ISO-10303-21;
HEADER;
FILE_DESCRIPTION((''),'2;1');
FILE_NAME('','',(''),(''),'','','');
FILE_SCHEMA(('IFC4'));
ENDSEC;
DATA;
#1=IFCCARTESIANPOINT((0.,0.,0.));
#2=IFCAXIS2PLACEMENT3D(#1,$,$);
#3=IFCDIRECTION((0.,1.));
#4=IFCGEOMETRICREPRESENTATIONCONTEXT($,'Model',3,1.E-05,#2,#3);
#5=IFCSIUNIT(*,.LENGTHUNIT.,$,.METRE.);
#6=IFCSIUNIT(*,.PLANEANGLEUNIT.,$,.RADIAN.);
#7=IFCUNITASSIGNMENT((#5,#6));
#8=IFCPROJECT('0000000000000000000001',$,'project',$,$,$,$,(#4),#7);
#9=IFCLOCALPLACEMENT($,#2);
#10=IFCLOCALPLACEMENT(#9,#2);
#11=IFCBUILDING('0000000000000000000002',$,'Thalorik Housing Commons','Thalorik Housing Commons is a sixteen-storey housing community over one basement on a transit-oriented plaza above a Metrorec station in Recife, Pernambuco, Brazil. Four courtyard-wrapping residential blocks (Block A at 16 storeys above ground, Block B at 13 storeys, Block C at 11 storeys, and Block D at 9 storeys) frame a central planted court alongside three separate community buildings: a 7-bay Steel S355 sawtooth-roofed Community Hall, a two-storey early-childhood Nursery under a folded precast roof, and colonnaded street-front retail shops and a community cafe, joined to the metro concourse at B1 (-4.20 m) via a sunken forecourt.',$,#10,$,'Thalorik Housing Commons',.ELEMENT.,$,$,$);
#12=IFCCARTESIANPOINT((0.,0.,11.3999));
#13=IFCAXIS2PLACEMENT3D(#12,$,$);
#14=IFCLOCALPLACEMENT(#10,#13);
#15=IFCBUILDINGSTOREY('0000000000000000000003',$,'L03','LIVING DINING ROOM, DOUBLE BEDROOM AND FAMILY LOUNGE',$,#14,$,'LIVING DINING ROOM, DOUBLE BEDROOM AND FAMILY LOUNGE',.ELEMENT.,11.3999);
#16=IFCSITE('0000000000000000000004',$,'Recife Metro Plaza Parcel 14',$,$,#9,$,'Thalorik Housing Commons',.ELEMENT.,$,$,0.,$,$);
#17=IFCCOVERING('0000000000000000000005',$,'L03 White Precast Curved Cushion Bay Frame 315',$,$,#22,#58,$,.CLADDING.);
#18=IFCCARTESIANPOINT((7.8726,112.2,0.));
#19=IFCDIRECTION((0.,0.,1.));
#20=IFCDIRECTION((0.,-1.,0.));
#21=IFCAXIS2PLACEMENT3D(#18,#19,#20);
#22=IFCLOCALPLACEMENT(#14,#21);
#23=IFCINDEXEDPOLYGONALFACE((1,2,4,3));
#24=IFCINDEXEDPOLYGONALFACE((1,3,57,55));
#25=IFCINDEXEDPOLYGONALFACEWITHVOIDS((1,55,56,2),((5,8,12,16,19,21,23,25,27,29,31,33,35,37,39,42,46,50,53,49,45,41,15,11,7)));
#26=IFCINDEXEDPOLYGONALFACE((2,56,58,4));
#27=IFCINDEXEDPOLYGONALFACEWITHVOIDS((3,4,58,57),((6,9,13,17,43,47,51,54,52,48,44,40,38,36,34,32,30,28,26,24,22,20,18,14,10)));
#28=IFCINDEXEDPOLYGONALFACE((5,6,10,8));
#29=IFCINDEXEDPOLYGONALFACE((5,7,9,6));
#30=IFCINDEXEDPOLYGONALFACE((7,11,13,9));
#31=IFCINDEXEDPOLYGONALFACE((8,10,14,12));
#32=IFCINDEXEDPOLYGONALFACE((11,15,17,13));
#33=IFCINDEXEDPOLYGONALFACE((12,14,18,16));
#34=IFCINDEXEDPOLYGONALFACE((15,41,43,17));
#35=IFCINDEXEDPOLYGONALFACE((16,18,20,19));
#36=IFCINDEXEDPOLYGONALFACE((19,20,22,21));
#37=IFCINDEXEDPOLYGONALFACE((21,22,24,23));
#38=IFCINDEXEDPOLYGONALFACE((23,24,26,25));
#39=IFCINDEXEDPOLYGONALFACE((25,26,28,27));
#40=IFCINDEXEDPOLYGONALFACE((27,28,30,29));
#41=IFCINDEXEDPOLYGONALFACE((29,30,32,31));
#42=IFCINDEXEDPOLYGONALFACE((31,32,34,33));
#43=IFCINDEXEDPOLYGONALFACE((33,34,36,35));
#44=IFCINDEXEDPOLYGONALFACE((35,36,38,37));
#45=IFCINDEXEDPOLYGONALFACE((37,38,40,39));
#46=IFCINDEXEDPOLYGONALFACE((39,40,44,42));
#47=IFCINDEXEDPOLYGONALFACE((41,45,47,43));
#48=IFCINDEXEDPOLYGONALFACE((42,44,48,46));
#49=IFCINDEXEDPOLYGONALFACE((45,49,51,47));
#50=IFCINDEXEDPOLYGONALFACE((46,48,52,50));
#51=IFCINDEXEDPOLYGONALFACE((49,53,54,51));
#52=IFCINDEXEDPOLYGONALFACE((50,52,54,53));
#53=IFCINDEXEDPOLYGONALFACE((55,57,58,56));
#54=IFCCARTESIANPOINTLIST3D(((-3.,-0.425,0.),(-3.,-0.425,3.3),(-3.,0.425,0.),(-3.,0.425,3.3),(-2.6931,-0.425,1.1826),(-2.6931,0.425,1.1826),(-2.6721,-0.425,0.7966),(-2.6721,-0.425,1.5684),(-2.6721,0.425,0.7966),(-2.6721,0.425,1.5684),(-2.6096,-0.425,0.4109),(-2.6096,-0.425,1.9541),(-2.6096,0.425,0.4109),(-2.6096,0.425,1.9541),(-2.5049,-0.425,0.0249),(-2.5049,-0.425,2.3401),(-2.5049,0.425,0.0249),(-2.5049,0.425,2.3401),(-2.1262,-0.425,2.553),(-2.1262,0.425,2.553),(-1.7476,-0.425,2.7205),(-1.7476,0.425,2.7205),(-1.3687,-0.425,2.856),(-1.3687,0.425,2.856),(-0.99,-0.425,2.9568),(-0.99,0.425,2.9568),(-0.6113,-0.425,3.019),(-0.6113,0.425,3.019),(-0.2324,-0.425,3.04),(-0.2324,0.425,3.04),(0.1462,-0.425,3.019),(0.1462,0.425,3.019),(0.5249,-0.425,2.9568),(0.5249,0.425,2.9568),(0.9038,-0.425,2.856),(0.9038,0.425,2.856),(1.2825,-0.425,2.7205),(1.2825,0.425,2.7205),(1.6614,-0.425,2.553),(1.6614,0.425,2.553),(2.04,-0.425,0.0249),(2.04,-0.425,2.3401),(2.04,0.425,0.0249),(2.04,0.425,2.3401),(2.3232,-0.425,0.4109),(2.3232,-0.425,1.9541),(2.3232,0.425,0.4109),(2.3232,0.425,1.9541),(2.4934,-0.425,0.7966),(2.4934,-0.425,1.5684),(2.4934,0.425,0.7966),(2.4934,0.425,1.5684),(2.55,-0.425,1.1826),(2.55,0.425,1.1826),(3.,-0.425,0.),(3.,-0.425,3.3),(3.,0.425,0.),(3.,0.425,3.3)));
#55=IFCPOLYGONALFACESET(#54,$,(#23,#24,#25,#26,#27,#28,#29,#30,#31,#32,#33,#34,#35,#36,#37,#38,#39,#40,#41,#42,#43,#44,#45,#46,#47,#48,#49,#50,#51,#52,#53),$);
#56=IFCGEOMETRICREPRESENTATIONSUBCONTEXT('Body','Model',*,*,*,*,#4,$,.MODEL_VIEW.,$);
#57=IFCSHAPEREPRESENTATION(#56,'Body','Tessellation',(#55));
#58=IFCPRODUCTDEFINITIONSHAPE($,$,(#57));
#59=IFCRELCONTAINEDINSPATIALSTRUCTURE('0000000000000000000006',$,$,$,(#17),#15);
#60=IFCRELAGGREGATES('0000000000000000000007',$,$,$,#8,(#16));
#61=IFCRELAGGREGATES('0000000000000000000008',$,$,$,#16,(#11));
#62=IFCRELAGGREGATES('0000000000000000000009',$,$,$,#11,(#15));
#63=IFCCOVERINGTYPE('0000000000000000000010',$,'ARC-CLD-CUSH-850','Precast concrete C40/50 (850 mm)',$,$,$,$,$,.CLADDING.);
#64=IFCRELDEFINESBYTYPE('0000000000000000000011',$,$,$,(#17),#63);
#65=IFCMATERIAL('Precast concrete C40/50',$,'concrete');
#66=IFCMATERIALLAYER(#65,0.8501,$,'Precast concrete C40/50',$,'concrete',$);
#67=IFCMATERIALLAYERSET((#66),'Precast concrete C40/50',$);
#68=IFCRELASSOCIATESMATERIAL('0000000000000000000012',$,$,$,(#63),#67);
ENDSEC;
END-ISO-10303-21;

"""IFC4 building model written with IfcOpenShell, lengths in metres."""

from ifc_helpers import new_model, si_unit, direction, frame, origin, place, context, subcontext, project, spatial, polyline, outline, extrude, material, layer, layer_set, type_object, element, save


model = new_model("IFC4")

# Units and contexts
model_context = context("Model", 3, precision=1e-05, world=origin(), true_north=direction((0.0, 1.0)))
body_context = subcontext(model_context, "Body", "Model", "MODEL_VIEW")
ifc_project = project(units=[si_unit("LENGTHUNIT", "METRE"), si_unit("PLANEANGLEUNIT", "RADIAN")], contexts=[model_context])

# Site, building, storey
site_placement = place(None, origin())
site = spatial("IfcSite", under=ifc_project, at=site_placement, Name="Recife Metro Plaza Parcel 14", LongName="Thalorik Housing Commons", CompositionType="ELEMENT", RefElevation=0.0)
building_placement = place(site_placement, origin())
building = spatial("IfcBuilding", under=site, at=building_placement, Name="Thalorik Housing Commons", Description="Thalorik Housing Commons is a sixteen-storey housing community over one basement on a transit-oriented plaza above a Metrorec station in Recife, Pernambuco, Brazil. Four courtyard-wrapping residential blocks (Block A at 16 storeys above ground, Block B at 13 storeys, Block C at 11 storeys, and Block D at 9 storeys) frame a central planted court alongside three separate community buildings: a 7-bay Steel S355 sawtooth-roofed Community Hall, a two-storey early-childhood Nursery under a folded precast roof, and colonnaded street-front retail shops and a community cafe, joined to the metro concourse at B1 (-4.20 m) via a sunken forecourt.", LongName="Thalorik Housing Commons", CompositionType="ELEMENT")
storey_placement = place(building_placement, frame((0.0, 0.0, 11.3999)))
storey = spatial("IfcBuildingStorey", under=building, at=storey_placement, Name="L03", Description="LIVING DINING ROOM, DOUBLE BEDROOM AND FAMILY LOUNGE", LongName="LIVING DINING ROOM, DOUBLE BEDROOM AND FAMILY LOUNGE", CompositionType="ELEMENT", Elevation=11.3999)

# Shared definitions
ifc_material_1 = material(Name="Precast concrete C40/50", Category="concrete")

# Covering
ifc_layer_1 = layer(ifc_material_1, 0.8501, Name="Precast concrete C40/50", Category="concrete")
ifc_layer_set_1 = layer_set([ifc_layer_1], Name="Precast concrete C40/50")
covering_type = type_object("IfcCoveringType", Name="ARC-CLD-CUSH-850", Description="Precast concrete C40/50 (850 mm)", PredefinedType="CLADDING", material=ifc_layer_set_1)
covering_placement = place(storey_placement, frame((7.8726, 112.2, 0.0), z_axis=(0.0, 0.0, 1.0), x_axis=(0.0, -1.0, 0.0)))
element("IfcCovering", 1, at=covering_placement, inside=storey, type_object=covering_type, Name="L03 White Precast Curved Cushion Bay Frame 315", PredefinedType="CLADDING", context=body_context, shape_type="SweptSolid", body=[
    extrude(outline(polyline([(-3.0, 0.0), (3.0, 0.0), (3.0, 3.3), (-3.0, 3.3), (-3.0, 0.0)]), holes=[polyline([(2.04, 0.0249), (2.3232, 0.4109), (2.4934, 0.7966), (2.55, 1.1826), (2.4934, 1.5684), (2.3232, 1.9541), (2.04, 2.3401), (1.6614, 2.553), (1.2825, 2.7205), (0.9038, 2.856), (0.5249, 2.9568), (0.1462, 3.019), (-0.2324, 3.04), (-0.6113, 3.019), (-0.99, 2.9568), (-1.3687, 2.856), (-1.7476, 2.7205), (-2.1262, 2.553), (-2.5049, 2.3401), (-2.6096, 1.9541), (-2.6721, 1.5684), (-2.6931, 1.1826), (-2.6721, 0.7966), (-2.6096, 0.4109), (-2.5049, 0.0249), (2.04, 0.0249)])]), frame((0.0, 0.425, 0.0), z_axis=(0.0, -1.0, 0.0), x_axis=(1.0, 0.0, 0.0)), (0.0, 0.0, 1.0), 0.8501),
])

save(model, "model.ifc")
